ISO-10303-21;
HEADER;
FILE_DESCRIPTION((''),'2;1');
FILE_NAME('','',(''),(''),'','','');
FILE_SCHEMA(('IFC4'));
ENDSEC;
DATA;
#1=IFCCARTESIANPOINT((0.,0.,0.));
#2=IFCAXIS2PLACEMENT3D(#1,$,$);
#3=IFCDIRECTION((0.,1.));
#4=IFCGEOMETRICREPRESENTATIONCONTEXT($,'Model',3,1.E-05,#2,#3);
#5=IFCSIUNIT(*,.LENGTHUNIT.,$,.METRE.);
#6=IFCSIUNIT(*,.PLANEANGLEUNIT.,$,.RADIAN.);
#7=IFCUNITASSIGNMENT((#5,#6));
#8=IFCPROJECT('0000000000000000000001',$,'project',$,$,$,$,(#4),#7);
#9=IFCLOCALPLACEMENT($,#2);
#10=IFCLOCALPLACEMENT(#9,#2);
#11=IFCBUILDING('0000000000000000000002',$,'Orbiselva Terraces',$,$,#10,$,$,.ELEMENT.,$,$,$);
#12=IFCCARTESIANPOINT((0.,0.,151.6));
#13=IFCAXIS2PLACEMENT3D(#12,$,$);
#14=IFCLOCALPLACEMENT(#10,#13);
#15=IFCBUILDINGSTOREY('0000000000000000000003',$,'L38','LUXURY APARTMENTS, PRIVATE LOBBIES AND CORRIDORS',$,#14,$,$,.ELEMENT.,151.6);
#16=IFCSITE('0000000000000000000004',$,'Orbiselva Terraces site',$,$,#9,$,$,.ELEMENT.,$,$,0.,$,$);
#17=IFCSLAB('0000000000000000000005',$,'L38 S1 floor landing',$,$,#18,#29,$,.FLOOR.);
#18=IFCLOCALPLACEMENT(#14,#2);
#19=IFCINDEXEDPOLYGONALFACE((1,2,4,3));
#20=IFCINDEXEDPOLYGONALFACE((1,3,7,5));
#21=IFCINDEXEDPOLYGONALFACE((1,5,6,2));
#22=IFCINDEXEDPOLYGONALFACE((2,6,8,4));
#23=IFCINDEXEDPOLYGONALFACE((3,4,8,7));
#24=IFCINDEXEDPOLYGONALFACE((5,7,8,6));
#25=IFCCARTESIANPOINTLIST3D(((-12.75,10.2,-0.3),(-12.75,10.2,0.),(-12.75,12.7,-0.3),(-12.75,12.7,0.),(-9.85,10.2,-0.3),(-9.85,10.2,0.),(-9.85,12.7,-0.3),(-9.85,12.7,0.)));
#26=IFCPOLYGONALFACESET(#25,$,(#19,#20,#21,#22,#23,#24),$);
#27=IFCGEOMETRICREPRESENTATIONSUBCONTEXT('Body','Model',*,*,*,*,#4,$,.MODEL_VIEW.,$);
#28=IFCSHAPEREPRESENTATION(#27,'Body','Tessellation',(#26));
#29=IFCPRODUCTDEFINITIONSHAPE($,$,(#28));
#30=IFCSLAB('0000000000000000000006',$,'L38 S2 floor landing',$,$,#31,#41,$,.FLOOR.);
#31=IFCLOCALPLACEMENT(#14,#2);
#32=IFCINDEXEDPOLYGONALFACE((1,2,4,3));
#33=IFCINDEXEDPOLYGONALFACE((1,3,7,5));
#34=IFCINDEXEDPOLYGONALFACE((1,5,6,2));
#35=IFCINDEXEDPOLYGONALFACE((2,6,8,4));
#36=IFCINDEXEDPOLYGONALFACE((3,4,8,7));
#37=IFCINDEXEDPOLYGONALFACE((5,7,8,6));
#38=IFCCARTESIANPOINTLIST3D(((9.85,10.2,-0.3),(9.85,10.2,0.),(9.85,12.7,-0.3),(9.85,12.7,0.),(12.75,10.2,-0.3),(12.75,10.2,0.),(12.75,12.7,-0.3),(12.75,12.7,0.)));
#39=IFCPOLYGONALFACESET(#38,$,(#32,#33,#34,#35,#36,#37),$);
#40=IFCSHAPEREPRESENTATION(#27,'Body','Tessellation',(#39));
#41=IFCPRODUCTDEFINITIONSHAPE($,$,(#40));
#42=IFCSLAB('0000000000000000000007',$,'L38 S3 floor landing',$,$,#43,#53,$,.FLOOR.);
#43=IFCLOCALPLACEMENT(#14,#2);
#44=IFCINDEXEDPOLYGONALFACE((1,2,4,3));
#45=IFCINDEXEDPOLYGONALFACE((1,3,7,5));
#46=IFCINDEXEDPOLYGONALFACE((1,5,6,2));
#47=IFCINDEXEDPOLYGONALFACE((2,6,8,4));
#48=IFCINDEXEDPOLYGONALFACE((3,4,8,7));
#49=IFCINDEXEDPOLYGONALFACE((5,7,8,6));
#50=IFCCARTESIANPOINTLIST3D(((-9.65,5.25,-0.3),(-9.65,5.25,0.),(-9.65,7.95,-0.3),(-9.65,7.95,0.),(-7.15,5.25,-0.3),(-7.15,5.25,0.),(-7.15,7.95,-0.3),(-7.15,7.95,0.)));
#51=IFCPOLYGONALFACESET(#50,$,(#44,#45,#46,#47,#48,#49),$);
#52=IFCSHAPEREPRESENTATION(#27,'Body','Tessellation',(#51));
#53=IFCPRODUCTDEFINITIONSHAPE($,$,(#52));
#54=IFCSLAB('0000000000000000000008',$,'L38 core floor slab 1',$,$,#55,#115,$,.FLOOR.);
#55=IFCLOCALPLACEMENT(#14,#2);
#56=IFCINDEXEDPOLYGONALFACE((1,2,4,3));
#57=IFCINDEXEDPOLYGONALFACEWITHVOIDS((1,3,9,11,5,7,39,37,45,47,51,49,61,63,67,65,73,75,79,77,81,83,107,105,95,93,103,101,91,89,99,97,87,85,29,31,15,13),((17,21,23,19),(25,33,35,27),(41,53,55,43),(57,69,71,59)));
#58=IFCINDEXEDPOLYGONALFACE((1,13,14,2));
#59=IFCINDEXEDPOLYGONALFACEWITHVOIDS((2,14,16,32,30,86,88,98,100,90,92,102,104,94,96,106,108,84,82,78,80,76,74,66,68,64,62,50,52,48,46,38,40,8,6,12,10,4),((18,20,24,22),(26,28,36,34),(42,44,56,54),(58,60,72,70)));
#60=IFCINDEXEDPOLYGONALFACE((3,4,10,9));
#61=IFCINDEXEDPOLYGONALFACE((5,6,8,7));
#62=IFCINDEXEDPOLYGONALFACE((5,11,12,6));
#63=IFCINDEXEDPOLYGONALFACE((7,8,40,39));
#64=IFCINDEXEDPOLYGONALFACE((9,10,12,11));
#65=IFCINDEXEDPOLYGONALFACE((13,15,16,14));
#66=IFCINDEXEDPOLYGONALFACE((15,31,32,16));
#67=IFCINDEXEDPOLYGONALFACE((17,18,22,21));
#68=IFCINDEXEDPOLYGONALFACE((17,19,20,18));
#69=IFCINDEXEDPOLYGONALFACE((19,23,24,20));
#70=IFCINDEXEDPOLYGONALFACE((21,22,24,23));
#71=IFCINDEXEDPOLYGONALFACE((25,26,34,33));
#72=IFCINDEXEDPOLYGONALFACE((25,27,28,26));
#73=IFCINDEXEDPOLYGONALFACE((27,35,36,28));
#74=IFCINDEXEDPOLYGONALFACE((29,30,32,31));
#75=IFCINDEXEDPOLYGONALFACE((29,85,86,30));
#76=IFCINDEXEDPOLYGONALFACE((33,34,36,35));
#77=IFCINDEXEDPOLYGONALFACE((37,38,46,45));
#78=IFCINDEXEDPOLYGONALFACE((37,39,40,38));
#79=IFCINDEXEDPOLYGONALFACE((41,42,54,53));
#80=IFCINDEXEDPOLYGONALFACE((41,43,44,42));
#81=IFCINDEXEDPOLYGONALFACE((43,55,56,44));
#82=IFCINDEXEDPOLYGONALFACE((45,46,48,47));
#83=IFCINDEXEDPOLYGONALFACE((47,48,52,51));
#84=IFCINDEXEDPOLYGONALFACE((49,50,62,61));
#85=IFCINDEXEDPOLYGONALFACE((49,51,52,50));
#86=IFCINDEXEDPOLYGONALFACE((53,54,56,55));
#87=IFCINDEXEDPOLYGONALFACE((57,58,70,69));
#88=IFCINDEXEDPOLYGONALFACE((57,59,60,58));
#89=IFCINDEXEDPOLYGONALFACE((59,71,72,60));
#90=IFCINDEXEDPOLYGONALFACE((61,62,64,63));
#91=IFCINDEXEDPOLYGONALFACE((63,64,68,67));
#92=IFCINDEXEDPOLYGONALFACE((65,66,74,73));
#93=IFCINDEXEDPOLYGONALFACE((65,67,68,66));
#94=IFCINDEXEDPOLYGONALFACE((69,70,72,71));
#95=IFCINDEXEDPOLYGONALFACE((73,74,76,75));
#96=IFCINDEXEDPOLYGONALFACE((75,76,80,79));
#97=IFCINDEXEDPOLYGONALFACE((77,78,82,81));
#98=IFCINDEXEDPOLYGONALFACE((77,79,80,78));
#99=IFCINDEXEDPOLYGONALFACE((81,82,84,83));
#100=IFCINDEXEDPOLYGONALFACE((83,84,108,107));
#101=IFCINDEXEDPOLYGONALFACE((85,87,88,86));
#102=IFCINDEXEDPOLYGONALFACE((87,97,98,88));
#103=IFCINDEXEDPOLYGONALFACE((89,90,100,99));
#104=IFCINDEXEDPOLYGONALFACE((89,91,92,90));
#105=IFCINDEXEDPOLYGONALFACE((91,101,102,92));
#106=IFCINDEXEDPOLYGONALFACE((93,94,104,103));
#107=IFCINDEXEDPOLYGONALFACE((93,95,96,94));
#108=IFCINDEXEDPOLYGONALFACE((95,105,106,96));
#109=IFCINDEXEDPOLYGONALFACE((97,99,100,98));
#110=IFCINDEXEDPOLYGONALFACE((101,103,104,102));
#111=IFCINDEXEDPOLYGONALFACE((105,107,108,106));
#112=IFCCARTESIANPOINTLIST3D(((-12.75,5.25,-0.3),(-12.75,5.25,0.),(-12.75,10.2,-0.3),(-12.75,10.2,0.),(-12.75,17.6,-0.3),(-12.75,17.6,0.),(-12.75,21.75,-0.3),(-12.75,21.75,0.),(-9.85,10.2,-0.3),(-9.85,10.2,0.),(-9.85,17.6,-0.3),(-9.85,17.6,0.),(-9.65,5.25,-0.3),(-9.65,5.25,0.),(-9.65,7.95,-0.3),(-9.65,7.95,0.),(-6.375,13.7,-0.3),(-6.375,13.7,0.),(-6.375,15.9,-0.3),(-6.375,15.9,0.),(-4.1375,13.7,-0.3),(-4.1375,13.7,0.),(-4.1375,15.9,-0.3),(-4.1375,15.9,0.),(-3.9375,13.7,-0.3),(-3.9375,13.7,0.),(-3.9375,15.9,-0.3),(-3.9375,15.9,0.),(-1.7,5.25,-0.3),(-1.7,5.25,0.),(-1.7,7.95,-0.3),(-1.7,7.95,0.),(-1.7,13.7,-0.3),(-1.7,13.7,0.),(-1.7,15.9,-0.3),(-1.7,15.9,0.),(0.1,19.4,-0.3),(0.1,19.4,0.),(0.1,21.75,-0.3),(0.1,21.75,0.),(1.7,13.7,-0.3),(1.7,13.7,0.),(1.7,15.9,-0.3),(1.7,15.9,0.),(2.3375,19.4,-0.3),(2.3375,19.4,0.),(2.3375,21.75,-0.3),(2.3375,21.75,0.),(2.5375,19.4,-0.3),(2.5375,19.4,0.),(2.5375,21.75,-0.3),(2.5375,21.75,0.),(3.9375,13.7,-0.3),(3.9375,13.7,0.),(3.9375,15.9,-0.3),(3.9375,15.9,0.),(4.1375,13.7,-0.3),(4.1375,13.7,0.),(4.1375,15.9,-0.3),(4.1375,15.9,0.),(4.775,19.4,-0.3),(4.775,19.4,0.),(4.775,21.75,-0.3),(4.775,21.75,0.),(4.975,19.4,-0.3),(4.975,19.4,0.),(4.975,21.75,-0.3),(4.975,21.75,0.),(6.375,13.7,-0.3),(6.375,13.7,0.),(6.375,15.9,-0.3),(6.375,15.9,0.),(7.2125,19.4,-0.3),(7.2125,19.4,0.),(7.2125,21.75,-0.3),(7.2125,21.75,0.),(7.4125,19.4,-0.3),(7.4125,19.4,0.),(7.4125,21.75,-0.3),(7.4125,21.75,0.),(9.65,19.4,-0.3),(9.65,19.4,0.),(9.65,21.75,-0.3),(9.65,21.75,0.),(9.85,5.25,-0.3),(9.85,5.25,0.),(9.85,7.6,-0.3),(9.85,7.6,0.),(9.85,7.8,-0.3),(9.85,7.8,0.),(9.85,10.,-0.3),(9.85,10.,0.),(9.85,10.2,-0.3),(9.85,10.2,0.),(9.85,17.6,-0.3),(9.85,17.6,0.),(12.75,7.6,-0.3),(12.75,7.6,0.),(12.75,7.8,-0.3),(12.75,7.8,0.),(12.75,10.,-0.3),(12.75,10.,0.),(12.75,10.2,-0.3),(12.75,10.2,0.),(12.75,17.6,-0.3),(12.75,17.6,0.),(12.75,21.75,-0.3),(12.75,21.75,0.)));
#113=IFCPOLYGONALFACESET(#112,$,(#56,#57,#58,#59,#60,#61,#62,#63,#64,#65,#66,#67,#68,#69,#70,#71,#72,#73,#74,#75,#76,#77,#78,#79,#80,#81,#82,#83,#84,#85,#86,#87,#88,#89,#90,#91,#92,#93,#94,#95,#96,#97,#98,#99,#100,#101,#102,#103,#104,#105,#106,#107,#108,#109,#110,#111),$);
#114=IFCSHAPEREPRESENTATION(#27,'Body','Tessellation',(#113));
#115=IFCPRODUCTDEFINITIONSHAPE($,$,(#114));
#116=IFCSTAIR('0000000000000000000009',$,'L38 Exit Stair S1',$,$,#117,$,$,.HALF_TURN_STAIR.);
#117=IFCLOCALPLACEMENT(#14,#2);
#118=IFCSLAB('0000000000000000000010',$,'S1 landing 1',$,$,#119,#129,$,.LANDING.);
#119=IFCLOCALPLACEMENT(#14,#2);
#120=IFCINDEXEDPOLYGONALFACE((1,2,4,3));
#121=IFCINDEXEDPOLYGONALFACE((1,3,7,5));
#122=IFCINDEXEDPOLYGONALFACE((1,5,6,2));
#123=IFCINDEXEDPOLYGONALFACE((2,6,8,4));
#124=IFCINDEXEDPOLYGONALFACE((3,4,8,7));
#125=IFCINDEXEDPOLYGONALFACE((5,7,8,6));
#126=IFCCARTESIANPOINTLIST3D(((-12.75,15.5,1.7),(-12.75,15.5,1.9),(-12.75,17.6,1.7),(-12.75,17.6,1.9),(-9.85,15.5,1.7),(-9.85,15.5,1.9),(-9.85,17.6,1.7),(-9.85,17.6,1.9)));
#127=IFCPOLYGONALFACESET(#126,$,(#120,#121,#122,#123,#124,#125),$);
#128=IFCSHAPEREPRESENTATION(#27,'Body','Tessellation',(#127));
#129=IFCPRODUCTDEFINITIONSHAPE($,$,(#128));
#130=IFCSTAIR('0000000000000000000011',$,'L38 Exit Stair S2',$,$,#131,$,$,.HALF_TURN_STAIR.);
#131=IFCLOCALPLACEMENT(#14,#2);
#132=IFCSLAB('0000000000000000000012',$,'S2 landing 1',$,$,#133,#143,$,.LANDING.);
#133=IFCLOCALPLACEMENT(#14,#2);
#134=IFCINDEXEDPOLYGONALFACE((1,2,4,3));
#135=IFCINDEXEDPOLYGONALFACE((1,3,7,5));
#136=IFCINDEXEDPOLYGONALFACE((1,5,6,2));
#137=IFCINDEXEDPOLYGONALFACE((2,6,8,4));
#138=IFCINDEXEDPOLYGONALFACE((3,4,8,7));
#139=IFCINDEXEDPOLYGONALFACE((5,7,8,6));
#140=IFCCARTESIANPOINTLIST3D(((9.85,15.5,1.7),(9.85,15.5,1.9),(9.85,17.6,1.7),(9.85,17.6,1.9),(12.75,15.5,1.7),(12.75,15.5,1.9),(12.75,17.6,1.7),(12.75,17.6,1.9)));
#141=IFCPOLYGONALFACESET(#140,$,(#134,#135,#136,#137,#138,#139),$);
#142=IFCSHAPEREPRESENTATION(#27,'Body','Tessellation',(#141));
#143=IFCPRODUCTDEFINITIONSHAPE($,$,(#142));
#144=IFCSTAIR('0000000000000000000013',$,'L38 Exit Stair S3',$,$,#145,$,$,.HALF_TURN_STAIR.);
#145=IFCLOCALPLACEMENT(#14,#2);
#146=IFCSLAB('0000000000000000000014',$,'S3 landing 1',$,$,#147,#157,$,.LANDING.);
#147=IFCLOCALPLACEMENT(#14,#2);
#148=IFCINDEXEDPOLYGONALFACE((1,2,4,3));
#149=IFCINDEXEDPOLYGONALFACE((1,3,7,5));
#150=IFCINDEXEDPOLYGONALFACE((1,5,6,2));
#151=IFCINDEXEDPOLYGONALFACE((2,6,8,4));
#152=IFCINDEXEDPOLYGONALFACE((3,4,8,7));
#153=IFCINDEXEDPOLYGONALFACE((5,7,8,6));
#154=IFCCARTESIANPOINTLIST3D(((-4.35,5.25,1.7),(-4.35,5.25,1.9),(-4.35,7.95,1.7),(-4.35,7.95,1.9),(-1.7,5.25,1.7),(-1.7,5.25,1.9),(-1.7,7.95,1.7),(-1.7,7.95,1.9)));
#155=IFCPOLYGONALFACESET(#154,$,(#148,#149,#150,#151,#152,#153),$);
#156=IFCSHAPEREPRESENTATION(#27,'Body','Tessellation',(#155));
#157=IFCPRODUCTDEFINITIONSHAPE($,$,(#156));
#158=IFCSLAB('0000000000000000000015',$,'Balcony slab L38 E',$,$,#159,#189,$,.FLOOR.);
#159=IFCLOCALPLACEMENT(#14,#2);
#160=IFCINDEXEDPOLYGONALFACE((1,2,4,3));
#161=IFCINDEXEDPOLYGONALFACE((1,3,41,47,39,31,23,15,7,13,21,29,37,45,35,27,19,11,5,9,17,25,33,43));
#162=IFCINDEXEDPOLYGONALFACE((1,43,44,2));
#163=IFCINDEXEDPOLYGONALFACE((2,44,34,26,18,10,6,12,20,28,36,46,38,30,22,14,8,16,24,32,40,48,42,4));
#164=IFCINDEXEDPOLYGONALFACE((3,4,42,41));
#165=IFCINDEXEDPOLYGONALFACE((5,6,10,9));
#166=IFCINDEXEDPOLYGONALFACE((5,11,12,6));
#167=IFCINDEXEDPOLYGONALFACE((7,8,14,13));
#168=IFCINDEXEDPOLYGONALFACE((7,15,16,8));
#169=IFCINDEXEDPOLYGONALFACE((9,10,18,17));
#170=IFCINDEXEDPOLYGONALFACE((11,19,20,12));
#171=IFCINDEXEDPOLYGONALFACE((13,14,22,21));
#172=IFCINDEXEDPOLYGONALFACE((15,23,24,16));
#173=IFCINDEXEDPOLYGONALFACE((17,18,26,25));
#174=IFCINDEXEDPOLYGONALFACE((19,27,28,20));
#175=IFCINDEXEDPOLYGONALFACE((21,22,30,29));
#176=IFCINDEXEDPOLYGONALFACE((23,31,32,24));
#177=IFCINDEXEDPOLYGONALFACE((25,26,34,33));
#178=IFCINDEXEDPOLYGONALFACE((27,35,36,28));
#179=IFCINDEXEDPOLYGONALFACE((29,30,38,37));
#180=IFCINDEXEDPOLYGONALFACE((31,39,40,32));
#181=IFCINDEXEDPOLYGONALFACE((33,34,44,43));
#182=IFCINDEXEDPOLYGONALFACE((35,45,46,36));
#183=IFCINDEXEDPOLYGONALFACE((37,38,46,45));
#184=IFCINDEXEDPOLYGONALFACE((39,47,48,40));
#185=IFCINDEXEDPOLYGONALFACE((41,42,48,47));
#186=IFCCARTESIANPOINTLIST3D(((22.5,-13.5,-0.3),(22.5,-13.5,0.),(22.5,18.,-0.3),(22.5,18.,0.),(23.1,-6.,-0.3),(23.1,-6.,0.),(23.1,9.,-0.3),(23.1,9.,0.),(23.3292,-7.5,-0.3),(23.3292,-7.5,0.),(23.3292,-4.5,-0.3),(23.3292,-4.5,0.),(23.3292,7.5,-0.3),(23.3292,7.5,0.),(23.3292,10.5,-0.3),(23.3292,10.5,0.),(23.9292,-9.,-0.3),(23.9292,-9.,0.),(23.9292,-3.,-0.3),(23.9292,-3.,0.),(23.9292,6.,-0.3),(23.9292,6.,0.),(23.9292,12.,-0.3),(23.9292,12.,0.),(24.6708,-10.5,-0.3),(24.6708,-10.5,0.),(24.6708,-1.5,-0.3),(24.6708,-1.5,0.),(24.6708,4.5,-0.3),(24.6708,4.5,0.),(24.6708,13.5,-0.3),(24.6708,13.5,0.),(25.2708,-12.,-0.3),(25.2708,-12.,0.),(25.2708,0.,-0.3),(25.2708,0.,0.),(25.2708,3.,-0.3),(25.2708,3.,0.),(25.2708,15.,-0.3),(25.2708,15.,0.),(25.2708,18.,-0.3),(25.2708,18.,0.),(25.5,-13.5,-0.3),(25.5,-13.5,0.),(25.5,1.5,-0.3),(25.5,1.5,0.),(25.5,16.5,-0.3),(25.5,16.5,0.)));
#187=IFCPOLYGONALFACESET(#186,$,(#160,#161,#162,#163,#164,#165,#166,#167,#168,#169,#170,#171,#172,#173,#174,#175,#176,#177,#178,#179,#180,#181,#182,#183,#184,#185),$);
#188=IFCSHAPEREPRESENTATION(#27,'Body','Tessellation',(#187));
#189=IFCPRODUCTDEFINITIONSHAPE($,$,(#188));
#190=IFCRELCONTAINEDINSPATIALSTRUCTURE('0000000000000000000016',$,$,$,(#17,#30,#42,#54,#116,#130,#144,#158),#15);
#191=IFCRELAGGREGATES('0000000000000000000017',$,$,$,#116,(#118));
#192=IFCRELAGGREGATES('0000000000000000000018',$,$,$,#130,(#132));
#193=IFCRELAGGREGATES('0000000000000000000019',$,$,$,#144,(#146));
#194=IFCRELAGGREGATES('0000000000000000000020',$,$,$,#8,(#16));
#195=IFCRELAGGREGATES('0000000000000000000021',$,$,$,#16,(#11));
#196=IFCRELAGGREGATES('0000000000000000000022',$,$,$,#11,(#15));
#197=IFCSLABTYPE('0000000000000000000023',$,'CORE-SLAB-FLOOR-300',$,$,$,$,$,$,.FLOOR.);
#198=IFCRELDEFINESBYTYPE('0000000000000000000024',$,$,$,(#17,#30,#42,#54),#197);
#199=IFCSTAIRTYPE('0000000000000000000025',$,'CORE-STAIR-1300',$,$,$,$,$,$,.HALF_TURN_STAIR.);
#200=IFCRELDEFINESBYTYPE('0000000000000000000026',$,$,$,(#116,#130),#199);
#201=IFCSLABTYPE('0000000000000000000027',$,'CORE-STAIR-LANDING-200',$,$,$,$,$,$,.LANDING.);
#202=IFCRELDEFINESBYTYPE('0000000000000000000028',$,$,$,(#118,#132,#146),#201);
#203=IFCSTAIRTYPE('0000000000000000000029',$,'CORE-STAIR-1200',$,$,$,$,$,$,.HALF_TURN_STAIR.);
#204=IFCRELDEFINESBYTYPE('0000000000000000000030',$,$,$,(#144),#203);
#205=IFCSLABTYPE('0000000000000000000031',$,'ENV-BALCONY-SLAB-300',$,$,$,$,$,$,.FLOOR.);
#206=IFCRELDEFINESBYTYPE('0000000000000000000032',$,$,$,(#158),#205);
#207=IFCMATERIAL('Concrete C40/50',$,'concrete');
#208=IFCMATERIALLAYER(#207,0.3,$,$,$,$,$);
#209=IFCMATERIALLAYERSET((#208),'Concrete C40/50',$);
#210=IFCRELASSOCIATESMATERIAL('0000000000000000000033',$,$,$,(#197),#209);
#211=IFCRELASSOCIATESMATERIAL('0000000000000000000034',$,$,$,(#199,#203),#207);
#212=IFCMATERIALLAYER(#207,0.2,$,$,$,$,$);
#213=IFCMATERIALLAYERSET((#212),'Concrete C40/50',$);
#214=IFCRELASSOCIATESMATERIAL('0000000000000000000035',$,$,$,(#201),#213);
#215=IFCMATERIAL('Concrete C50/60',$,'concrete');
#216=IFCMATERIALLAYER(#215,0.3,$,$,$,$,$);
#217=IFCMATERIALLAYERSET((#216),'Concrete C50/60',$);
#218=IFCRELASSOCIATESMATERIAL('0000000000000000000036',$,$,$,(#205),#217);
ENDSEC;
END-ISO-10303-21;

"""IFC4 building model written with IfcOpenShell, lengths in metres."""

from ifc_helpers import new_model, si_unit, direction, frame, origin, place, context, subcontext, project, spatial, polyline, outline, extrude, material, layer, layer_set, type_object, element, aggregate, save


model = new_model("IFC4")

# Units and contexts
model_context = context("Model", 3, precision=1e-05, world=origin(), true_north=direction((0.0, 1.0)))
body_context = subcontext(model_context, "Body", "Model", "MODEL_VIEW")
ifc_project = project(units=[si_unit("LENGTHUNIT", "METRE"), si_unit("PLANEANGLEUNIT", "RADIAN")], contexts=[model_context])

# Site, building, storey
site_placement = place(None, origin())
site = spatial("IfcSite", under=ifc_project, at=site_placement, Name="Orbiselva Terraces site", CompositionType="ELEMENT", RefElevation=0.0)
building_placement = place(site_placement, origin())
building = spatial("IfcBuilding", under=site, at=building_placement, Name="Orbiselva Terraces", CompositionType="ELEMENT")
storey_placement = place(building_placement, frame((0.0, 0.0, 151.6)))
storey = spatial("IfcBuildingStorey", under=building, at=storey_placement, Name="L38", Description="LUXURY APARTMENTS, PRIVATE LOBBIES AND CORRIDORS", CompositionType="ELEMENT", Elevation=151.6)

# Slabs
ifc_material_1 = material(Name="Concrete C40/50", Category="concrete")
ifc_layer_1 = layer(ifc_material_1, 0.3)
ifc_layer_set_1 = layer_set([ifc_layer_1], Name="Concrete C40/50")
slab_type_1 = type_object("IfcSlabType", Name="CORE-SLAB-FLOOR-300", PredefinedType="FLOOR", material=ifc_layer_set_1)
slab_1_placement = place(storey_placement, frame((0.0, 0.0, -0.3)))
element("IfcSlab", 1, at=slab_1_placement, inside=storey, type_object=slab_type_1, Name="L38 S1 floor landing", PredefinedType="FLOOR", context=body_context, shape_type="SweptSolid", body=[
    extrude(outline(polyline([(-12.75, 12.7), (-9.85, 12.7), (-9.85, 10.2), (-12.75, 10.2), (-12.75, 12.7)])), origin(), (0.0, 0.0, 1.0), 0.3),
])
slab_2_placement = place(storey_placement, frame((0.0, 0.0, -0.3)))
element("IfcSlab", 2, at=slab_2_placement, inside=storey, type_object=slab_type_1, Name="L38 S2 floor landing", PredefinedType="FLOOR", context=body_context, shape_type="SweptSolid", body=[
    extrude(outline(polyline([(12.75, 12.7), (12.75, 10.2), (9.85, 10.2), (9.85, 12.7), (12.75, 12.7)])), origin(), (0.0, 0.0, 1.0), 0.3),
])
slab_3_placement = place(storey_placement, frame((0.0, 0.0, -0.3)))
element("IfcSlab", 3, at=slab_3_placement, inside=storey, type_object=slab_type_1, Name="L38 S3 floor landing", PredefinedType="FLOOR", context=body_context, shape_type="SweptSolid", body=[
    extrude(outline(polyline([(-7.15, 5.25), (-9.65, 5.25), (-9.65, 7.95), (-7.15, 7.95), (-7.15, 5.25)])), origin(), (0.0, 0.0, 1.0), 0.3),
])
slab_4_placement = place(storey_placement, frame((0.0, 0.0, -0.3)))
element("IfcSlab", 4, at=slab_4_placement, inside=storey, type_object=slab_type_1, Name="L38 core floor slab 1", PredefinedType="FLOOR", context=body_context, shape_type="SweptSolid", body=[
    extrude(outline(polyline([(-1.7, 5.25), (-1.7, 7.95), (-9.65, 7.95), (-9.65, 5.25), (-12.75, 5.25), (-12.75, 10.2), (-9.85, 10.2), (-9.85, 17.6), (-12.75, 17.6), (-12.75, 21.75), (0.1, 21.75), (0.1, 19.4), (2.3375, 19.4), (2.3375, 21.75), (2.5375, 21.75), (2.5375, 19.4), (4.775, 19.4), (4.775, 21.75), (4.975, 21.75), (4.975, 19.4), (7.2125, 19.4), (7.2125, 21.75), (7.4125, 21.75), (7.4125, 19.4), (9.65, 19.4), (9.65, 21.75), (12.75, 21.75), (12.75, 17.6), (9.85, 17.6), (9.85, 10.2), (12.75, 10.2), (12.75, 10.0), (9.85, 10.0), (9.85, 7.8), (12.75, 7.8), (12.75, 7.6), (9.85, 7.6), (9.85, 5.25), (-1.7, 5.25)]), holes=[polyline([(-4.1375, 13.7), (-4.1375, 15.9), (-6.375, 15.9), (-6.375, 13.7), (-4.1375, 13.7)]), polyline([(-1.7, 13.7), (-1.7, 15.9), (-3.9375, 15.9), (-3.9375, 13.7), (-1.7, 13.7)]), polyline([(3.9375, 15.9), (1.7, 15.9), (1.7, 13.7), (3.9375, 13.7), (3.9375, 15.9)]), polyline([(6.375, 13.7), (6.375, 15.9), (4.1375, 15.9), (4.1375, 13.7), (6.375, 13.7)])]), origin(), (0.0, 0.0, 1.0), 0.3),
])

# Stairs, slabs
stair_type_1 = type_object("IfcStairType", Name="CORE-STAIR-1300", PredefinedType="HALF_TURN_STAIR", material=ifc_material_1)
stair_1_placement = place(storey_placement, origin())
stair_1 = element("IfcStair", 5, at=stair_1_placement, inside=storey, type_object=stair_type_1, Name="L38 Exit Stair S1", PredefinedType="HALF_TURN_STAIR")
ifc_layer_2 = layer(ifc_material_1, 0.2)
ifc_layer_set_2 = layer_set([ifc_layer_2], Name="Concrete C40/50")
slab_type_2 = type_object("IfcSlabType", Name="CORE-STAIR-LANDING-200", PredefinedType="LANDING", material=ifc_layer_set_2)
slab_5_placement = place(storey_placement, frame((0.0, 0.0, 1.7)))
slab_5 = element("IfcSlab", 6, at=slab_5_placement, type_object=slab_type_2, Name="S1 landing 1", PredefinedType="LANDING", context=body_context, shape_type="SweptSolid", body=[
    extrude(outline(polyline([(-9.85, 15.5), (-9.85, 17.6), (-12.75, 17.6), (-12.75, 15.5), (-9.85, 15.5)])), origin(), (0.0, 0.0, 1.0), 0.2),
])
aggregate(stair_1, [slab_5])
stair_2_placement = place(storey_placement, origin())
stair_2 = element("IfcStair", 7, at=stair_2_placement, inside=storey, type_object=stair_type_1, Name="L38 Exit Stair S2", PredefinedType="HALF_TURN_STAIR")
slab_6_placement = place(storey_placement, frame((0.0, 0.0, 1.7)))
slab_6 = element("IfcSlab", 8, at=slab_6_placement, type_object=slab_type_2, Name="S2 landing 1", PredefinedType="LANDING", context=body_context, shape_type="SweptSolid", body=[
    extrude(outline(polyline([(12.75, 15.5), (12.75, 17.6), (9.85, 17.6), (9.85, 15.5), (12.75, 15.5)])), origin(), (0.0, 0.0, 1.0), 0.2),
])
aggregate(stair_2, [slab_6])
stair_type_2 = type_object("IfcStairType", Name="CORE-STAIR-1200", PredefinedType="HALF_TURN_STAIR", material=ifc_material_1)
stair_3_placement = place(storey_placement, origin())
stair_3 = element("IfcStair", 9, at=stair_3_placement, inside=storey, type_object=stair_type_2, Name="L38 Exit Stair S3", PredefinedType="HALF_TURN_STAIR")
slab_7_placement = place(storey_placement, frame((0.0, 0.0, 1.7)))
slab_7 = element("IfcSlab", 10, at=slab_7_placement, type_object=slab_type_2, Name="S3 landing 1", PredefinedType="LANDING", context=body_context, shape_type="SweptSolid", body=[
    extrude(outline(polyline([(-4.35, 5.25), (-1.7, 5.25), (-1.7, 7.95), (-4.35, 7.95), (-4.35, 5.25)])), origin(), (0.0, 0.0, 1.0), 0.2),
])
aggregate(stair_3, [slab_7])

# Slab
ifc_material_2 = material(Name="Concrete C50/60", Category="concrete")
ifc_layer_3 = layer(ifc_material_2, 0.3)
ifc_layer_set_3 = layer_set([ifc_layer_3], Name="Concrete C50/60")
slab_type_3 = type_object("IfcSlabType", Name="ENV-BALCONY-SLAB-300", PredefinedType="FLOOR", material=ifc_layer_set_3)
slab_8_placement = place(storey_placement, frame((0.0, 0.0, -0.3)))
element("IfcSlab", 11, at=slab_8_placement, inside=storey, type_object=slab_type_3, Name="Balcony slab L38 E", PredefinedType="FLOOR", context=body_context, shape_type="SweptSolid", body=[
    extrude(outline(polyline([(25.5, -13.5), (25.2708, -12.0), (24.6708, -10.5), (23.9292, -9.0), (23.3292, -7.5), (23.1, -6.0), (23.3292, -4.5), (23.9292, -3.0), (24.6708, -1.5), (25.2708, 0.0), (25.5, 1.5), (25.2708, 3.0), (24.6708, 4.5), (23.9292, 6.0), (23.3292, 7.5), (23.1, 9.0), (23.3292, 10.5), (23.9292, 12.0), (24.6708, 13.5), (25.2708, 15.0), (25.5, 16.5), (25.2708, 18.0), (22.5, 18.0), (22.5, -13.5), (25.5, -13.5)])), origin(), (0.0, 0.0, 1.0), 0.3),
])

save(model, "model.ifc")
